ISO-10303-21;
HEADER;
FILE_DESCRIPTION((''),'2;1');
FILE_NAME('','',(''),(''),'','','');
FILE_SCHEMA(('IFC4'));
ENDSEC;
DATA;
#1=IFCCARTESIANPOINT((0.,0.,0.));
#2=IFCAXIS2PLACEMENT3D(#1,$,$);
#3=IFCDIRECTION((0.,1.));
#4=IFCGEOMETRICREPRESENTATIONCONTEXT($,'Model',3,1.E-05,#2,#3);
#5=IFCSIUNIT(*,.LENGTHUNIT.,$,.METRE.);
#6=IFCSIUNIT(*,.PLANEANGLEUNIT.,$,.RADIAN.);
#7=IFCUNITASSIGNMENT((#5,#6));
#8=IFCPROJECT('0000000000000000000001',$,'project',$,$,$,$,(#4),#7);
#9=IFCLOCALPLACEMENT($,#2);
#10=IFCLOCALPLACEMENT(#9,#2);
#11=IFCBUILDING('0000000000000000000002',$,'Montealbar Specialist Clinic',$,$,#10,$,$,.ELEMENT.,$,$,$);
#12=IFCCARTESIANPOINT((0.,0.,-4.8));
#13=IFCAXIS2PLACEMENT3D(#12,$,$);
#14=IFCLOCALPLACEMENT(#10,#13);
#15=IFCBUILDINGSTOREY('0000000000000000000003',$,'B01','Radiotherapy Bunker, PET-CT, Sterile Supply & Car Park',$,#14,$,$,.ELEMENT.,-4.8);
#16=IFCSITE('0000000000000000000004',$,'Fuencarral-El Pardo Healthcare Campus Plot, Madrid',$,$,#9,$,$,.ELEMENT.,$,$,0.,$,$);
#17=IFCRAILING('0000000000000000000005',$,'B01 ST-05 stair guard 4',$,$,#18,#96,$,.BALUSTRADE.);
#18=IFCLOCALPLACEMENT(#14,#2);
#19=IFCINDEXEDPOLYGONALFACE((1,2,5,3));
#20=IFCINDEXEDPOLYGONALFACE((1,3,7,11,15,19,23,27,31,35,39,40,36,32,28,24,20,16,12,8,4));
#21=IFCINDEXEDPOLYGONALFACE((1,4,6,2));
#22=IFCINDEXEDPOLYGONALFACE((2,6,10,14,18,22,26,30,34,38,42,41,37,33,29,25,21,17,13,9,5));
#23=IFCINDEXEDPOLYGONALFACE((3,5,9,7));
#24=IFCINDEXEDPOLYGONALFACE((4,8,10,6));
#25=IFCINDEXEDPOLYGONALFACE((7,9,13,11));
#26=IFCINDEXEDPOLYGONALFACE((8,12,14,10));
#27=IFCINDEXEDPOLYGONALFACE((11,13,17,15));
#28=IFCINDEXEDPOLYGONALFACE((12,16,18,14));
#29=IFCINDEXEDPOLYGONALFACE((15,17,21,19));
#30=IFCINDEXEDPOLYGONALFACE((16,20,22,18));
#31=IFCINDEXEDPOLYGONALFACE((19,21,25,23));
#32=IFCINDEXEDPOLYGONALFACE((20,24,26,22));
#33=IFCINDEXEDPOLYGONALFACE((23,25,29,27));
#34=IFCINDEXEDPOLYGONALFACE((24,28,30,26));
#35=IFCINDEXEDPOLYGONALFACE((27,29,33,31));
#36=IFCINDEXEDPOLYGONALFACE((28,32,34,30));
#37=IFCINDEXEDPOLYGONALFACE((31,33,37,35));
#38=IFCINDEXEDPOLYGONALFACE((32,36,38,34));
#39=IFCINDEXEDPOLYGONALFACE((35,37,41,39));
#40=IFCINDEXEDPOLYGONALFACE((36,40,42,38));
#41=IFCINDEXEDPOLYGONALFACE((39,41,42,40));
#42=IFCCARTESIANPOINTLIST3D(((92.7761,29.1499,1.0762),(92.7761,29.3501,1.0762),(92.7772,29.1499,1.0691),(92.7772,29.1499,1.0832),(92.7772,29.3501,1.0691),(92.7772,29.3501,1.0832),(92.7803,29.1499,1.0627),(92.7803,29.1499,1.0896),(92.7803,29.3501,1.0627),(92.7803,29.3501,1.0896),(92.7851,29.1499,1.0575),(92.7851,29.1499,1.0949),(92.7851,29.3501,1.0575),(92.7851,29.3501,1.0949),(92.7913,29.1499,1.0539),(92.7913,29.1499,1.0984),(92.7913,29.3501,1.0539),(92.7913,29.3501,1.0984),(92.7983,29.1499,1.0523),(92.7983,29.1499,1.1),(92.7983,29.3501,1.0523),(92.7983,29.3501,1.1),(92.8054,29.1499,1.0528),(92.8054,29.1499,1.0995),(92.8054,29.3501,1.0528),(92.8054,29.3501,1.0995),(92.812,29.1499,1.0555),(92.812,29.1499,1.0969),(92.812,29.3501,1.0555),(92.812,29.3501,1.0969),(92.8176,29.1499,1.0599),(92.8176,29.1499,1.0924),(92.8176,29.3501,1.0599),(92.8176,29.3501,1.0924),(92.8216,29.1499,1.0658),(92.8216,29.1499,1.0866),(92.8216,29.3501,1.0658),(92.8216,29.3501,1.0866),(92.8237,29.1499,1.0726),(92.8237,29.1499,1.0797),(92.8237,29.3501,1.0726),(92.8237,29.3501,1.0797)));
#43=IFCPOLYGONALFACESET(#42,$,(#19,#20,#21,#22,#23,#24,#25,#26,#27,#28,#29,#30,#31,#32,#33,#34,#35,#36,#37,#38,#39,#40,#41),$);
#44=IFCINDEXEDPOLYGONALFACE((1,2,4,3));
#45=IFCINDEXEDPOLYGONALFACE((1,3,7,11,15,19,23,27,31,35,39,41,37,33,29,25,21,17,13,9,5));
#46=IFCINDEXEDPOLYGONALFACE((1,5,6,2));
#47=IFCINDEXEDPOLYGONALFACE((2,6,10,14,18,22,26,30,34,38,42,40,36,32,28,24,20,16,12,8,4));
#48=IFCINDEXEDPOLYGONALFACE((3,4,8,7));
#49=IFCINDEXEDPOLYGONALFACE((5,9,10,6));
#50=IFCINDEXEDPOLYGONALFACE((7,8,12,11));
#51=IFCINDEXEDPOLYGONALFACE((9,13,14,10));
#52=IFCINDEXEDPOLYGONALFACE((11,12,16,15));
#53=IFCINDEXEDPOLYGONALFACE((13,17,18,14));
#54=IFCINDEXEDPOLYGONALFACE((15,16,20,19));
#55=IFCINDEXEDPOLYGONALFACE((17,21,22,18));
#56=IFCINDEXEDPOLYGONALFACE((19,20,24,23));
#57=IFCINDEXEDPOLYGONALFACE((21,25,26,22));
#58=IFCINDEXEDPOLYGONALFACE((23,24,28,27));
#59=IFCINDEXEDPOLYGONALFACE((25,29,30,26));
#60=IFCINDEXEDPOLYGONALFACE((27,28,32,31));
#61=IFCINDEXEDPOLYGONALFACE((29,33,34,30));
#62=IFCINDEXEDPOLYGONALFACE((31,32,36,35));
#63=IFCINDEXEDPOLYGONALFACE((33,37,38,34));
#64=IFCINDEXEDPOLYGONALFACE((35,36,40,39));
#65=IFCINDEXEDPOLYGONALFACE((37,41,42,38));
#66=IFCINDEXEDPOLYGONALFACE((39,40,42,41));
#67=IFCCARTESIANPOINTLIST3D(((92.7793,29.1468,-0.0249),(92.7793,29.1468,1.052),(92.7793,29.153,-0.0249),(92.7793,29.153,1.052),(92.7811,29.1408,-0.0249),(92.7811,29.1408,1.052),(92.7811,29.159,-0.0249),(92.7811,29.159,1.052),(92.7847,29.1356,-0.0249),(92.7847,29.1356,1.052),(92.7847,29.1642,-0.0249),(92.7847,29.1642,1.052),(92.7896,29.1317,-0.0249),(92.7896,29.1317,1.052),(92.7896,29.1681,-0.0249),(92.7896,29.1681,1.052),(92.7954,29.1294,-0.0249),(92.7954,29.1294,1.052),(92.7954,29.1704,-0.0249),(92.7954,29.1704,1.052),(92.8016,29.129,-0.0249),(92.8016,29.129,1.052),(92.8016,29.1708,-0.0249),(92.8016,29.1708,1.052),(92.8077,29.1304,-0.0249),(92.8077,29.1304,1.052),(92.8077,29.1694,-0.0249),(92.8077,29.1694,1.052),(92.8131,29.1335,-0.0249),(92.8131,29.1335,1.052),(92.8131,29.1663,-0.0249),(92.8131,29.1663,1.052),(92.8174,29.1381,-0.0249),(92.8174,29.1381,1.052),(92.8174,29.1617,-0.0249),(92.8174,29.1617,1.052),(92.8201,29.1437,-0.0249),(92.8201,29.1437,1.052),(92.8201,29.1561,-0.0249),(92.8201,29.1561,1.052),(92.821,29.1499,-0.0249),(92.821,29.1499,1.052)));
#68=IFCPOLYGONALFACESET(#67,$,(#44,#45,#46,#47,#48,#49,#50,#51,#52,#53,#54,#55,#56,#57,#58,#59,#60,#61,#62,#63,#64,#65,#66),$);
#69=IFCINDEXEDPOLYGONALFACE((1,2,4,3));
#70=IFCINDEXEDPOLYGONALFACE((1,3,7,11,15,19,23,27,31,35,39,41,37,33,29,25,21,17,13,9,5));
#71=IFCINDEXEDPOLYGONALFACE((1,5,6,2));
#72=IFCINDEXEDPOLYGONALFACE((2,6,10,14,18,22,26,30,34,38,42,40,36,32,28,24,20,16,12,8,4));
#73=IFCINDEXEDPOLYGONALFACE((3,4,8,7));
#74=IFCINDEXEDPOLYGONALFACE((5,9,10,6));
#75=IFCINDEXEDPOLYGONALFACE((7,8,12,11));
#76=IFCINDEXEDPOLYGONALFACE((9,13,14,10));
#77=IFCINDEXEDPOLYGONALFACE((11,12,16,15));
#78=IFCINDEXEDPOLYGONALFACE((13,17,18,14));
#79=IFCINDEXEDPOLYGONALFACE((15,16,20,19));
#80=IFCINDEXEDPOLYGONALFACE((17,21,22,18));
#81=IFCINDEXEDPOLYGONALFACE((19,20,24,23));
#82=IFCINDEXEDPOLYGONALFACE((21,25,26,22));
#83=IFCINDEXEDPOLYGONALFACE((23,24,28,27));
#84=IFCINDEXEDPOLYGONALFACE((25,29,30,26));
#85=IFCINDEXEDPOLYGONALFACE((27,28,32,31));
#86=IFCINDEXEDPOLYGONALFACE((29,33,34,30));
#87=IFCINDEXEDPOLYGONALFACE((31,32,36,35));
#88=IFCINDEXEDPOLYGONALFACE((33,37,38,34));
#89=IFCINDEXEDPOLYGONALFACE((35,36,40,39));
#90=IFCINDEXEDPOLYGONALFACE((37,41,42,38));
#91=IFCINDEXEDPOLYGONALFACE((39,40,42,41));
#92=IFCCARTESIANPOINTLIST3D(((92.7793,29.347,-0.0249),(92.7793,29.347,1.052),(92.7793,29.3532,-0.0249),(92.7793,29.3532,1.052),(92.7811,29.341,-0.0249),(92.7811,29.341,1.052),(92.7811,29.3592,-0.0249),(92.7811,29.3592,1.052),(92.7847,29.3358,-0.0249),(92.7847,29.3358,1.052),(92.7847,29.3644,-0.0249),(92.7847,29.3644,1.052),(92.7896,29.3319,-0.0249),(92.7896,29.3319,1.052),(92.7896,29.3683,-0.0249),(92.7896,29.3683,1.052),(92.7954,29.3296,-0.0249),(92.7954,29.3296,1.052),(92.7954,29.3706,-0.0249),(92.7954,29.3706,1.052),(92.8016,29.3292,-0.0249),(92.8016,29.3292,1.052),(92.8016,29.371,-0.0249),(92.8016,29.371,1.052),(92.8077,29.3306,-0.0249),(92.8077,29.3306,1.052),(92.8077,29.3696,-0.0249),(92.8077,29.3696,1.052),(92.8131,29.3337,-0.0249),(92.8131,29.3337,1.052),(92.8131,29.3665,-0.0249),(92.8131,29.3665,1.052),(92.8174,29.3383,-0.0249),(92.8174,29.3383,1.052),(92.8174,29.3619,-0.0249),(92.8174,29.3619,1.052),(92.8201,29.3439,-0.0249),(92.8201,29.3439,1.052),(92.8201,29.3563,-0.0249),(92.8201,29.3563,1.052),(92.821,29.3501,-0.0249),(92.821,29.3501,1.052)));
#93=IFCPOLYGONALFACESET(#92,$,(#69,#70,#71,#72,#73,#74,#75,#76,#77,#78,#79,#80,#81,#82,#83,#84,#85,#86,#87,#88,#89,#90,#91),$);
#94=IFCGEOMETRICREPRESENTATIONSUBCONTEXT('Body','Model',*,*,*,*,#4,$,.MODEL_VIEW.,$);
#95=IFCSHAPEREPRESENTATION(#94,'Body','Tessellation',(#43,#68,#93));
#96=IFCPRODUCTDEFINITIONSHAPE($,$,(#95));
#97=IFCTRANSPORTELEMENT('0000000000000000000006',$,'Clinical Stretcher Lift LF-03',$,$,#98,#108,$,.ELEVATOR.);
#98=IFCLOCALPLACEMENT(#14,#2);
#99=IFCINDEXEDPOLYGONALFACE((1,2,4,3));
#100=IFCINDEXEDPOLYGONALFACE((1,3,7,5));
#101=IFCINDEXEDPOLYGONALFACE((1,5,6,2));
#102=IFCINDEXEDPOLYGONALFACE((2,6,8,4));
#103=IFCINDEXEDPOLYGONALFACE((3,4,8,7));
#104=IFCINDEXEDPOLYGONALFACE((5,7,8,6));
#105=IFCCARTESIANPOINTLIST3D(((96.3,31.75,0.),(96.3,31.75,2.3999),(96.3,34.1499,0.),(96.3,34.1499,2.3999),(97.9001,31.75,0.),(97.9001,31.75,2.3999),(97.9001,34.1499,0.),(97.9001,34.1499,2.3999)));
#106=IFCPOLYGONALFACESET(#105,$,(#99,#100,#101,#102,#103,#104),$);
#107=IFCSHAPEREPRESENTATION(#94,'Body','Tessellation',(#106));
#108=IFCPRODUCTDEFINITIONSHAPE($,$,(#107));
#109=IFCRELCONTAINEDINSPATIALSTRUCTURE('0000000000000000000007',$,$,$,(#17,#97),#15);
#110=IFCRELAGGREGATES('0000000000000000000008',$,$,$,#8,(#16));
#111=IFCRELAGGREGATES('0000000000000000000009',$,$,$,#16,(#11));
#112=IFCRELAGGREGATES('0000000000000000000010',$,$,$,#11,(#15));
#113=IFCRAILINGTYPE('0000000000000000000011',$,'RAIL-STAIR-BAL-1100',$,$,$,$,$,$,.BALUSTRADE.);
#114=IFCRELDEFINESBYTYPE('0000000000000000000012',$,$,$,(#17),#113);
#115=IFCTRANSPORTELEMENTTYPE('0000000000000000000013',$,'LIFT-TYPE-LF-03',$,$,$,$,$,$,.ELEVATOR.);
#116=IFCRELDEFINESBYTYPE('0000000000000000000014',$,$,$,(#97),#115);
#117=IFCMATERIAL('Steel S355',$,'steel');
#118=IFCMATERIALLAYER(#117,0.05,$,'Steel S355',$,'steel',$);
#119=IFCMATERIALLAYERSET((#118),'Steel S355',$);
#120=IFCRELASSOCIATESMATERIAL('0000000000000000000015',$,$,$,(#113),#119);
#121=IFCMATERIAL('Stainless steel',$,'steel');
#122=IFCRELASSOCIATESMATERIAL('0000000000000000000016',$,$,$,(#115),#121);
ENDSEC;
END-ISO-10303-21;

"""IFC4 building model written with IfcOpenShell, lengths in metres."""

from ifc_helpers import new_model, si_unit, direction, frame, origin, origin_2d, place, context, subcontext, project, spatial, rectangle, circle, extrude, material, layer, layer_set, type_object, element, save


model = new_model("IFC4")

# Units and contexts
model_context = context("Model", 3, precision=1e-05, world=origin(), true_north=direction((0.0, 1.0)))
body_context = subcontext(model_context, "Body", "Model", "MODEL_VIEW")
ifc_project = project(units=[si_unit("LENGTHUNIT", "METRE"), si_unit("PLANEANGLEUNIT", "RADIAN")], contexts=[model_context])

# Site, building, storey
site_placement = place(None, origin())
site = spatial("IfcSite", under=ifc_project, at=site_placement, Name="Fuencarral-El Pardo Healthcare Campus Plot, Madrid", CompositionType="ELEMENT", RefElevation=0.0)
building_placement = place(site_placement, origin())
building = spatial("IfcBuilding", under=site, at=building_placement, Name="Montealbar Specialist Clinic", CompositionType="ELEMENT")
storey_placement = place(building_placement, frame((0.0, 0.0, -4.8)))
storey = spatial("IfcBuildingStorey", under=building, at=storey_placement, Name="B01", Description="Radiotherapy Bunker, PET-CT, Sterile Supply & Car Park", CompositionType="ELEMENT", Elevation=-4.8)

# Shared definitions
ifc_material_1 = material(Name="Steel S355", Category="steel")

# Railing
ifc_layer_1 = layer(ifc_material_1, 0.05, Name="Steel S355", Category="steel")
ifc_layer_set_1 = layer_set([ifc_layer_1], Name="Steel S355")
railing_type_1 = type_object("IfcRailingType", Name="RAIL-STAIR-BAL-1100", PredefinedType="BALUSTRADE", material=ifc_layer_set_1)
railing_1_placement = place(storey_placement, frame((92.8, 29.1499, 0.0)))
element("IfcRailing", 1, at=railing_1_placement, inside=storey, type_object=railing_type_1, Name="B01 ST-05 stair guard 4", PredefinedType="BALUSTRADE", context=body_context, shape_type="SweptSolid", body=[
    extrude(circle(Radius=0.0239, at=origin_2d()), frame((0.0, 0.0, 1.0762), z_axis=(0.0, 1.0, 0.0), x_axis=(-1.0, 0.0, 0.0)), (0.0, 0.0, 1.0), 0.2002),
    extrude(circle(Radius=0.021, at=origin_2d()), frame((0.0, 0.0, -0.0249)), (0.0, 0.0, 1.0), 1.0769),
    extrude(circle(Radius=0.021, at=origin_2d()), frame((0.0, 0.2002, -0.0249)), (0.0, 0.0, 1.0), 1.0769),
])

# Transport element
ifc_material_2 = material(Name="Stainless steel", Category="steel")
transport_element_type = type_object("IfcTransportElementType", Name="LIFT-TYPE-LF-03", PredefinedType="ELEVATOR", material=ifc_material_2)
transport_element_placement = place(storey_placement, frame((97.1001, 32.95, 0.0), z_axis=(0.0, 0.0, 1.0), x_axis=(1.0, 0.0, 0.0)))
element("IfcTransportElement", 2, at=transport_element_placement, inside=storey, type_object=transport_element_type, Name="Clinical Stretcher Lift LF-03", PredefinedType="ELEVATOR", context=body_context, shape_type="SweptSolid", body=[
    extrude(rectangle(XDim=1.6001, YDim=2.3999, at=origin_2d()), origin(), (0.0, 0.0, 1.0), 2.3999),
])

save(model, "model.ifc")
